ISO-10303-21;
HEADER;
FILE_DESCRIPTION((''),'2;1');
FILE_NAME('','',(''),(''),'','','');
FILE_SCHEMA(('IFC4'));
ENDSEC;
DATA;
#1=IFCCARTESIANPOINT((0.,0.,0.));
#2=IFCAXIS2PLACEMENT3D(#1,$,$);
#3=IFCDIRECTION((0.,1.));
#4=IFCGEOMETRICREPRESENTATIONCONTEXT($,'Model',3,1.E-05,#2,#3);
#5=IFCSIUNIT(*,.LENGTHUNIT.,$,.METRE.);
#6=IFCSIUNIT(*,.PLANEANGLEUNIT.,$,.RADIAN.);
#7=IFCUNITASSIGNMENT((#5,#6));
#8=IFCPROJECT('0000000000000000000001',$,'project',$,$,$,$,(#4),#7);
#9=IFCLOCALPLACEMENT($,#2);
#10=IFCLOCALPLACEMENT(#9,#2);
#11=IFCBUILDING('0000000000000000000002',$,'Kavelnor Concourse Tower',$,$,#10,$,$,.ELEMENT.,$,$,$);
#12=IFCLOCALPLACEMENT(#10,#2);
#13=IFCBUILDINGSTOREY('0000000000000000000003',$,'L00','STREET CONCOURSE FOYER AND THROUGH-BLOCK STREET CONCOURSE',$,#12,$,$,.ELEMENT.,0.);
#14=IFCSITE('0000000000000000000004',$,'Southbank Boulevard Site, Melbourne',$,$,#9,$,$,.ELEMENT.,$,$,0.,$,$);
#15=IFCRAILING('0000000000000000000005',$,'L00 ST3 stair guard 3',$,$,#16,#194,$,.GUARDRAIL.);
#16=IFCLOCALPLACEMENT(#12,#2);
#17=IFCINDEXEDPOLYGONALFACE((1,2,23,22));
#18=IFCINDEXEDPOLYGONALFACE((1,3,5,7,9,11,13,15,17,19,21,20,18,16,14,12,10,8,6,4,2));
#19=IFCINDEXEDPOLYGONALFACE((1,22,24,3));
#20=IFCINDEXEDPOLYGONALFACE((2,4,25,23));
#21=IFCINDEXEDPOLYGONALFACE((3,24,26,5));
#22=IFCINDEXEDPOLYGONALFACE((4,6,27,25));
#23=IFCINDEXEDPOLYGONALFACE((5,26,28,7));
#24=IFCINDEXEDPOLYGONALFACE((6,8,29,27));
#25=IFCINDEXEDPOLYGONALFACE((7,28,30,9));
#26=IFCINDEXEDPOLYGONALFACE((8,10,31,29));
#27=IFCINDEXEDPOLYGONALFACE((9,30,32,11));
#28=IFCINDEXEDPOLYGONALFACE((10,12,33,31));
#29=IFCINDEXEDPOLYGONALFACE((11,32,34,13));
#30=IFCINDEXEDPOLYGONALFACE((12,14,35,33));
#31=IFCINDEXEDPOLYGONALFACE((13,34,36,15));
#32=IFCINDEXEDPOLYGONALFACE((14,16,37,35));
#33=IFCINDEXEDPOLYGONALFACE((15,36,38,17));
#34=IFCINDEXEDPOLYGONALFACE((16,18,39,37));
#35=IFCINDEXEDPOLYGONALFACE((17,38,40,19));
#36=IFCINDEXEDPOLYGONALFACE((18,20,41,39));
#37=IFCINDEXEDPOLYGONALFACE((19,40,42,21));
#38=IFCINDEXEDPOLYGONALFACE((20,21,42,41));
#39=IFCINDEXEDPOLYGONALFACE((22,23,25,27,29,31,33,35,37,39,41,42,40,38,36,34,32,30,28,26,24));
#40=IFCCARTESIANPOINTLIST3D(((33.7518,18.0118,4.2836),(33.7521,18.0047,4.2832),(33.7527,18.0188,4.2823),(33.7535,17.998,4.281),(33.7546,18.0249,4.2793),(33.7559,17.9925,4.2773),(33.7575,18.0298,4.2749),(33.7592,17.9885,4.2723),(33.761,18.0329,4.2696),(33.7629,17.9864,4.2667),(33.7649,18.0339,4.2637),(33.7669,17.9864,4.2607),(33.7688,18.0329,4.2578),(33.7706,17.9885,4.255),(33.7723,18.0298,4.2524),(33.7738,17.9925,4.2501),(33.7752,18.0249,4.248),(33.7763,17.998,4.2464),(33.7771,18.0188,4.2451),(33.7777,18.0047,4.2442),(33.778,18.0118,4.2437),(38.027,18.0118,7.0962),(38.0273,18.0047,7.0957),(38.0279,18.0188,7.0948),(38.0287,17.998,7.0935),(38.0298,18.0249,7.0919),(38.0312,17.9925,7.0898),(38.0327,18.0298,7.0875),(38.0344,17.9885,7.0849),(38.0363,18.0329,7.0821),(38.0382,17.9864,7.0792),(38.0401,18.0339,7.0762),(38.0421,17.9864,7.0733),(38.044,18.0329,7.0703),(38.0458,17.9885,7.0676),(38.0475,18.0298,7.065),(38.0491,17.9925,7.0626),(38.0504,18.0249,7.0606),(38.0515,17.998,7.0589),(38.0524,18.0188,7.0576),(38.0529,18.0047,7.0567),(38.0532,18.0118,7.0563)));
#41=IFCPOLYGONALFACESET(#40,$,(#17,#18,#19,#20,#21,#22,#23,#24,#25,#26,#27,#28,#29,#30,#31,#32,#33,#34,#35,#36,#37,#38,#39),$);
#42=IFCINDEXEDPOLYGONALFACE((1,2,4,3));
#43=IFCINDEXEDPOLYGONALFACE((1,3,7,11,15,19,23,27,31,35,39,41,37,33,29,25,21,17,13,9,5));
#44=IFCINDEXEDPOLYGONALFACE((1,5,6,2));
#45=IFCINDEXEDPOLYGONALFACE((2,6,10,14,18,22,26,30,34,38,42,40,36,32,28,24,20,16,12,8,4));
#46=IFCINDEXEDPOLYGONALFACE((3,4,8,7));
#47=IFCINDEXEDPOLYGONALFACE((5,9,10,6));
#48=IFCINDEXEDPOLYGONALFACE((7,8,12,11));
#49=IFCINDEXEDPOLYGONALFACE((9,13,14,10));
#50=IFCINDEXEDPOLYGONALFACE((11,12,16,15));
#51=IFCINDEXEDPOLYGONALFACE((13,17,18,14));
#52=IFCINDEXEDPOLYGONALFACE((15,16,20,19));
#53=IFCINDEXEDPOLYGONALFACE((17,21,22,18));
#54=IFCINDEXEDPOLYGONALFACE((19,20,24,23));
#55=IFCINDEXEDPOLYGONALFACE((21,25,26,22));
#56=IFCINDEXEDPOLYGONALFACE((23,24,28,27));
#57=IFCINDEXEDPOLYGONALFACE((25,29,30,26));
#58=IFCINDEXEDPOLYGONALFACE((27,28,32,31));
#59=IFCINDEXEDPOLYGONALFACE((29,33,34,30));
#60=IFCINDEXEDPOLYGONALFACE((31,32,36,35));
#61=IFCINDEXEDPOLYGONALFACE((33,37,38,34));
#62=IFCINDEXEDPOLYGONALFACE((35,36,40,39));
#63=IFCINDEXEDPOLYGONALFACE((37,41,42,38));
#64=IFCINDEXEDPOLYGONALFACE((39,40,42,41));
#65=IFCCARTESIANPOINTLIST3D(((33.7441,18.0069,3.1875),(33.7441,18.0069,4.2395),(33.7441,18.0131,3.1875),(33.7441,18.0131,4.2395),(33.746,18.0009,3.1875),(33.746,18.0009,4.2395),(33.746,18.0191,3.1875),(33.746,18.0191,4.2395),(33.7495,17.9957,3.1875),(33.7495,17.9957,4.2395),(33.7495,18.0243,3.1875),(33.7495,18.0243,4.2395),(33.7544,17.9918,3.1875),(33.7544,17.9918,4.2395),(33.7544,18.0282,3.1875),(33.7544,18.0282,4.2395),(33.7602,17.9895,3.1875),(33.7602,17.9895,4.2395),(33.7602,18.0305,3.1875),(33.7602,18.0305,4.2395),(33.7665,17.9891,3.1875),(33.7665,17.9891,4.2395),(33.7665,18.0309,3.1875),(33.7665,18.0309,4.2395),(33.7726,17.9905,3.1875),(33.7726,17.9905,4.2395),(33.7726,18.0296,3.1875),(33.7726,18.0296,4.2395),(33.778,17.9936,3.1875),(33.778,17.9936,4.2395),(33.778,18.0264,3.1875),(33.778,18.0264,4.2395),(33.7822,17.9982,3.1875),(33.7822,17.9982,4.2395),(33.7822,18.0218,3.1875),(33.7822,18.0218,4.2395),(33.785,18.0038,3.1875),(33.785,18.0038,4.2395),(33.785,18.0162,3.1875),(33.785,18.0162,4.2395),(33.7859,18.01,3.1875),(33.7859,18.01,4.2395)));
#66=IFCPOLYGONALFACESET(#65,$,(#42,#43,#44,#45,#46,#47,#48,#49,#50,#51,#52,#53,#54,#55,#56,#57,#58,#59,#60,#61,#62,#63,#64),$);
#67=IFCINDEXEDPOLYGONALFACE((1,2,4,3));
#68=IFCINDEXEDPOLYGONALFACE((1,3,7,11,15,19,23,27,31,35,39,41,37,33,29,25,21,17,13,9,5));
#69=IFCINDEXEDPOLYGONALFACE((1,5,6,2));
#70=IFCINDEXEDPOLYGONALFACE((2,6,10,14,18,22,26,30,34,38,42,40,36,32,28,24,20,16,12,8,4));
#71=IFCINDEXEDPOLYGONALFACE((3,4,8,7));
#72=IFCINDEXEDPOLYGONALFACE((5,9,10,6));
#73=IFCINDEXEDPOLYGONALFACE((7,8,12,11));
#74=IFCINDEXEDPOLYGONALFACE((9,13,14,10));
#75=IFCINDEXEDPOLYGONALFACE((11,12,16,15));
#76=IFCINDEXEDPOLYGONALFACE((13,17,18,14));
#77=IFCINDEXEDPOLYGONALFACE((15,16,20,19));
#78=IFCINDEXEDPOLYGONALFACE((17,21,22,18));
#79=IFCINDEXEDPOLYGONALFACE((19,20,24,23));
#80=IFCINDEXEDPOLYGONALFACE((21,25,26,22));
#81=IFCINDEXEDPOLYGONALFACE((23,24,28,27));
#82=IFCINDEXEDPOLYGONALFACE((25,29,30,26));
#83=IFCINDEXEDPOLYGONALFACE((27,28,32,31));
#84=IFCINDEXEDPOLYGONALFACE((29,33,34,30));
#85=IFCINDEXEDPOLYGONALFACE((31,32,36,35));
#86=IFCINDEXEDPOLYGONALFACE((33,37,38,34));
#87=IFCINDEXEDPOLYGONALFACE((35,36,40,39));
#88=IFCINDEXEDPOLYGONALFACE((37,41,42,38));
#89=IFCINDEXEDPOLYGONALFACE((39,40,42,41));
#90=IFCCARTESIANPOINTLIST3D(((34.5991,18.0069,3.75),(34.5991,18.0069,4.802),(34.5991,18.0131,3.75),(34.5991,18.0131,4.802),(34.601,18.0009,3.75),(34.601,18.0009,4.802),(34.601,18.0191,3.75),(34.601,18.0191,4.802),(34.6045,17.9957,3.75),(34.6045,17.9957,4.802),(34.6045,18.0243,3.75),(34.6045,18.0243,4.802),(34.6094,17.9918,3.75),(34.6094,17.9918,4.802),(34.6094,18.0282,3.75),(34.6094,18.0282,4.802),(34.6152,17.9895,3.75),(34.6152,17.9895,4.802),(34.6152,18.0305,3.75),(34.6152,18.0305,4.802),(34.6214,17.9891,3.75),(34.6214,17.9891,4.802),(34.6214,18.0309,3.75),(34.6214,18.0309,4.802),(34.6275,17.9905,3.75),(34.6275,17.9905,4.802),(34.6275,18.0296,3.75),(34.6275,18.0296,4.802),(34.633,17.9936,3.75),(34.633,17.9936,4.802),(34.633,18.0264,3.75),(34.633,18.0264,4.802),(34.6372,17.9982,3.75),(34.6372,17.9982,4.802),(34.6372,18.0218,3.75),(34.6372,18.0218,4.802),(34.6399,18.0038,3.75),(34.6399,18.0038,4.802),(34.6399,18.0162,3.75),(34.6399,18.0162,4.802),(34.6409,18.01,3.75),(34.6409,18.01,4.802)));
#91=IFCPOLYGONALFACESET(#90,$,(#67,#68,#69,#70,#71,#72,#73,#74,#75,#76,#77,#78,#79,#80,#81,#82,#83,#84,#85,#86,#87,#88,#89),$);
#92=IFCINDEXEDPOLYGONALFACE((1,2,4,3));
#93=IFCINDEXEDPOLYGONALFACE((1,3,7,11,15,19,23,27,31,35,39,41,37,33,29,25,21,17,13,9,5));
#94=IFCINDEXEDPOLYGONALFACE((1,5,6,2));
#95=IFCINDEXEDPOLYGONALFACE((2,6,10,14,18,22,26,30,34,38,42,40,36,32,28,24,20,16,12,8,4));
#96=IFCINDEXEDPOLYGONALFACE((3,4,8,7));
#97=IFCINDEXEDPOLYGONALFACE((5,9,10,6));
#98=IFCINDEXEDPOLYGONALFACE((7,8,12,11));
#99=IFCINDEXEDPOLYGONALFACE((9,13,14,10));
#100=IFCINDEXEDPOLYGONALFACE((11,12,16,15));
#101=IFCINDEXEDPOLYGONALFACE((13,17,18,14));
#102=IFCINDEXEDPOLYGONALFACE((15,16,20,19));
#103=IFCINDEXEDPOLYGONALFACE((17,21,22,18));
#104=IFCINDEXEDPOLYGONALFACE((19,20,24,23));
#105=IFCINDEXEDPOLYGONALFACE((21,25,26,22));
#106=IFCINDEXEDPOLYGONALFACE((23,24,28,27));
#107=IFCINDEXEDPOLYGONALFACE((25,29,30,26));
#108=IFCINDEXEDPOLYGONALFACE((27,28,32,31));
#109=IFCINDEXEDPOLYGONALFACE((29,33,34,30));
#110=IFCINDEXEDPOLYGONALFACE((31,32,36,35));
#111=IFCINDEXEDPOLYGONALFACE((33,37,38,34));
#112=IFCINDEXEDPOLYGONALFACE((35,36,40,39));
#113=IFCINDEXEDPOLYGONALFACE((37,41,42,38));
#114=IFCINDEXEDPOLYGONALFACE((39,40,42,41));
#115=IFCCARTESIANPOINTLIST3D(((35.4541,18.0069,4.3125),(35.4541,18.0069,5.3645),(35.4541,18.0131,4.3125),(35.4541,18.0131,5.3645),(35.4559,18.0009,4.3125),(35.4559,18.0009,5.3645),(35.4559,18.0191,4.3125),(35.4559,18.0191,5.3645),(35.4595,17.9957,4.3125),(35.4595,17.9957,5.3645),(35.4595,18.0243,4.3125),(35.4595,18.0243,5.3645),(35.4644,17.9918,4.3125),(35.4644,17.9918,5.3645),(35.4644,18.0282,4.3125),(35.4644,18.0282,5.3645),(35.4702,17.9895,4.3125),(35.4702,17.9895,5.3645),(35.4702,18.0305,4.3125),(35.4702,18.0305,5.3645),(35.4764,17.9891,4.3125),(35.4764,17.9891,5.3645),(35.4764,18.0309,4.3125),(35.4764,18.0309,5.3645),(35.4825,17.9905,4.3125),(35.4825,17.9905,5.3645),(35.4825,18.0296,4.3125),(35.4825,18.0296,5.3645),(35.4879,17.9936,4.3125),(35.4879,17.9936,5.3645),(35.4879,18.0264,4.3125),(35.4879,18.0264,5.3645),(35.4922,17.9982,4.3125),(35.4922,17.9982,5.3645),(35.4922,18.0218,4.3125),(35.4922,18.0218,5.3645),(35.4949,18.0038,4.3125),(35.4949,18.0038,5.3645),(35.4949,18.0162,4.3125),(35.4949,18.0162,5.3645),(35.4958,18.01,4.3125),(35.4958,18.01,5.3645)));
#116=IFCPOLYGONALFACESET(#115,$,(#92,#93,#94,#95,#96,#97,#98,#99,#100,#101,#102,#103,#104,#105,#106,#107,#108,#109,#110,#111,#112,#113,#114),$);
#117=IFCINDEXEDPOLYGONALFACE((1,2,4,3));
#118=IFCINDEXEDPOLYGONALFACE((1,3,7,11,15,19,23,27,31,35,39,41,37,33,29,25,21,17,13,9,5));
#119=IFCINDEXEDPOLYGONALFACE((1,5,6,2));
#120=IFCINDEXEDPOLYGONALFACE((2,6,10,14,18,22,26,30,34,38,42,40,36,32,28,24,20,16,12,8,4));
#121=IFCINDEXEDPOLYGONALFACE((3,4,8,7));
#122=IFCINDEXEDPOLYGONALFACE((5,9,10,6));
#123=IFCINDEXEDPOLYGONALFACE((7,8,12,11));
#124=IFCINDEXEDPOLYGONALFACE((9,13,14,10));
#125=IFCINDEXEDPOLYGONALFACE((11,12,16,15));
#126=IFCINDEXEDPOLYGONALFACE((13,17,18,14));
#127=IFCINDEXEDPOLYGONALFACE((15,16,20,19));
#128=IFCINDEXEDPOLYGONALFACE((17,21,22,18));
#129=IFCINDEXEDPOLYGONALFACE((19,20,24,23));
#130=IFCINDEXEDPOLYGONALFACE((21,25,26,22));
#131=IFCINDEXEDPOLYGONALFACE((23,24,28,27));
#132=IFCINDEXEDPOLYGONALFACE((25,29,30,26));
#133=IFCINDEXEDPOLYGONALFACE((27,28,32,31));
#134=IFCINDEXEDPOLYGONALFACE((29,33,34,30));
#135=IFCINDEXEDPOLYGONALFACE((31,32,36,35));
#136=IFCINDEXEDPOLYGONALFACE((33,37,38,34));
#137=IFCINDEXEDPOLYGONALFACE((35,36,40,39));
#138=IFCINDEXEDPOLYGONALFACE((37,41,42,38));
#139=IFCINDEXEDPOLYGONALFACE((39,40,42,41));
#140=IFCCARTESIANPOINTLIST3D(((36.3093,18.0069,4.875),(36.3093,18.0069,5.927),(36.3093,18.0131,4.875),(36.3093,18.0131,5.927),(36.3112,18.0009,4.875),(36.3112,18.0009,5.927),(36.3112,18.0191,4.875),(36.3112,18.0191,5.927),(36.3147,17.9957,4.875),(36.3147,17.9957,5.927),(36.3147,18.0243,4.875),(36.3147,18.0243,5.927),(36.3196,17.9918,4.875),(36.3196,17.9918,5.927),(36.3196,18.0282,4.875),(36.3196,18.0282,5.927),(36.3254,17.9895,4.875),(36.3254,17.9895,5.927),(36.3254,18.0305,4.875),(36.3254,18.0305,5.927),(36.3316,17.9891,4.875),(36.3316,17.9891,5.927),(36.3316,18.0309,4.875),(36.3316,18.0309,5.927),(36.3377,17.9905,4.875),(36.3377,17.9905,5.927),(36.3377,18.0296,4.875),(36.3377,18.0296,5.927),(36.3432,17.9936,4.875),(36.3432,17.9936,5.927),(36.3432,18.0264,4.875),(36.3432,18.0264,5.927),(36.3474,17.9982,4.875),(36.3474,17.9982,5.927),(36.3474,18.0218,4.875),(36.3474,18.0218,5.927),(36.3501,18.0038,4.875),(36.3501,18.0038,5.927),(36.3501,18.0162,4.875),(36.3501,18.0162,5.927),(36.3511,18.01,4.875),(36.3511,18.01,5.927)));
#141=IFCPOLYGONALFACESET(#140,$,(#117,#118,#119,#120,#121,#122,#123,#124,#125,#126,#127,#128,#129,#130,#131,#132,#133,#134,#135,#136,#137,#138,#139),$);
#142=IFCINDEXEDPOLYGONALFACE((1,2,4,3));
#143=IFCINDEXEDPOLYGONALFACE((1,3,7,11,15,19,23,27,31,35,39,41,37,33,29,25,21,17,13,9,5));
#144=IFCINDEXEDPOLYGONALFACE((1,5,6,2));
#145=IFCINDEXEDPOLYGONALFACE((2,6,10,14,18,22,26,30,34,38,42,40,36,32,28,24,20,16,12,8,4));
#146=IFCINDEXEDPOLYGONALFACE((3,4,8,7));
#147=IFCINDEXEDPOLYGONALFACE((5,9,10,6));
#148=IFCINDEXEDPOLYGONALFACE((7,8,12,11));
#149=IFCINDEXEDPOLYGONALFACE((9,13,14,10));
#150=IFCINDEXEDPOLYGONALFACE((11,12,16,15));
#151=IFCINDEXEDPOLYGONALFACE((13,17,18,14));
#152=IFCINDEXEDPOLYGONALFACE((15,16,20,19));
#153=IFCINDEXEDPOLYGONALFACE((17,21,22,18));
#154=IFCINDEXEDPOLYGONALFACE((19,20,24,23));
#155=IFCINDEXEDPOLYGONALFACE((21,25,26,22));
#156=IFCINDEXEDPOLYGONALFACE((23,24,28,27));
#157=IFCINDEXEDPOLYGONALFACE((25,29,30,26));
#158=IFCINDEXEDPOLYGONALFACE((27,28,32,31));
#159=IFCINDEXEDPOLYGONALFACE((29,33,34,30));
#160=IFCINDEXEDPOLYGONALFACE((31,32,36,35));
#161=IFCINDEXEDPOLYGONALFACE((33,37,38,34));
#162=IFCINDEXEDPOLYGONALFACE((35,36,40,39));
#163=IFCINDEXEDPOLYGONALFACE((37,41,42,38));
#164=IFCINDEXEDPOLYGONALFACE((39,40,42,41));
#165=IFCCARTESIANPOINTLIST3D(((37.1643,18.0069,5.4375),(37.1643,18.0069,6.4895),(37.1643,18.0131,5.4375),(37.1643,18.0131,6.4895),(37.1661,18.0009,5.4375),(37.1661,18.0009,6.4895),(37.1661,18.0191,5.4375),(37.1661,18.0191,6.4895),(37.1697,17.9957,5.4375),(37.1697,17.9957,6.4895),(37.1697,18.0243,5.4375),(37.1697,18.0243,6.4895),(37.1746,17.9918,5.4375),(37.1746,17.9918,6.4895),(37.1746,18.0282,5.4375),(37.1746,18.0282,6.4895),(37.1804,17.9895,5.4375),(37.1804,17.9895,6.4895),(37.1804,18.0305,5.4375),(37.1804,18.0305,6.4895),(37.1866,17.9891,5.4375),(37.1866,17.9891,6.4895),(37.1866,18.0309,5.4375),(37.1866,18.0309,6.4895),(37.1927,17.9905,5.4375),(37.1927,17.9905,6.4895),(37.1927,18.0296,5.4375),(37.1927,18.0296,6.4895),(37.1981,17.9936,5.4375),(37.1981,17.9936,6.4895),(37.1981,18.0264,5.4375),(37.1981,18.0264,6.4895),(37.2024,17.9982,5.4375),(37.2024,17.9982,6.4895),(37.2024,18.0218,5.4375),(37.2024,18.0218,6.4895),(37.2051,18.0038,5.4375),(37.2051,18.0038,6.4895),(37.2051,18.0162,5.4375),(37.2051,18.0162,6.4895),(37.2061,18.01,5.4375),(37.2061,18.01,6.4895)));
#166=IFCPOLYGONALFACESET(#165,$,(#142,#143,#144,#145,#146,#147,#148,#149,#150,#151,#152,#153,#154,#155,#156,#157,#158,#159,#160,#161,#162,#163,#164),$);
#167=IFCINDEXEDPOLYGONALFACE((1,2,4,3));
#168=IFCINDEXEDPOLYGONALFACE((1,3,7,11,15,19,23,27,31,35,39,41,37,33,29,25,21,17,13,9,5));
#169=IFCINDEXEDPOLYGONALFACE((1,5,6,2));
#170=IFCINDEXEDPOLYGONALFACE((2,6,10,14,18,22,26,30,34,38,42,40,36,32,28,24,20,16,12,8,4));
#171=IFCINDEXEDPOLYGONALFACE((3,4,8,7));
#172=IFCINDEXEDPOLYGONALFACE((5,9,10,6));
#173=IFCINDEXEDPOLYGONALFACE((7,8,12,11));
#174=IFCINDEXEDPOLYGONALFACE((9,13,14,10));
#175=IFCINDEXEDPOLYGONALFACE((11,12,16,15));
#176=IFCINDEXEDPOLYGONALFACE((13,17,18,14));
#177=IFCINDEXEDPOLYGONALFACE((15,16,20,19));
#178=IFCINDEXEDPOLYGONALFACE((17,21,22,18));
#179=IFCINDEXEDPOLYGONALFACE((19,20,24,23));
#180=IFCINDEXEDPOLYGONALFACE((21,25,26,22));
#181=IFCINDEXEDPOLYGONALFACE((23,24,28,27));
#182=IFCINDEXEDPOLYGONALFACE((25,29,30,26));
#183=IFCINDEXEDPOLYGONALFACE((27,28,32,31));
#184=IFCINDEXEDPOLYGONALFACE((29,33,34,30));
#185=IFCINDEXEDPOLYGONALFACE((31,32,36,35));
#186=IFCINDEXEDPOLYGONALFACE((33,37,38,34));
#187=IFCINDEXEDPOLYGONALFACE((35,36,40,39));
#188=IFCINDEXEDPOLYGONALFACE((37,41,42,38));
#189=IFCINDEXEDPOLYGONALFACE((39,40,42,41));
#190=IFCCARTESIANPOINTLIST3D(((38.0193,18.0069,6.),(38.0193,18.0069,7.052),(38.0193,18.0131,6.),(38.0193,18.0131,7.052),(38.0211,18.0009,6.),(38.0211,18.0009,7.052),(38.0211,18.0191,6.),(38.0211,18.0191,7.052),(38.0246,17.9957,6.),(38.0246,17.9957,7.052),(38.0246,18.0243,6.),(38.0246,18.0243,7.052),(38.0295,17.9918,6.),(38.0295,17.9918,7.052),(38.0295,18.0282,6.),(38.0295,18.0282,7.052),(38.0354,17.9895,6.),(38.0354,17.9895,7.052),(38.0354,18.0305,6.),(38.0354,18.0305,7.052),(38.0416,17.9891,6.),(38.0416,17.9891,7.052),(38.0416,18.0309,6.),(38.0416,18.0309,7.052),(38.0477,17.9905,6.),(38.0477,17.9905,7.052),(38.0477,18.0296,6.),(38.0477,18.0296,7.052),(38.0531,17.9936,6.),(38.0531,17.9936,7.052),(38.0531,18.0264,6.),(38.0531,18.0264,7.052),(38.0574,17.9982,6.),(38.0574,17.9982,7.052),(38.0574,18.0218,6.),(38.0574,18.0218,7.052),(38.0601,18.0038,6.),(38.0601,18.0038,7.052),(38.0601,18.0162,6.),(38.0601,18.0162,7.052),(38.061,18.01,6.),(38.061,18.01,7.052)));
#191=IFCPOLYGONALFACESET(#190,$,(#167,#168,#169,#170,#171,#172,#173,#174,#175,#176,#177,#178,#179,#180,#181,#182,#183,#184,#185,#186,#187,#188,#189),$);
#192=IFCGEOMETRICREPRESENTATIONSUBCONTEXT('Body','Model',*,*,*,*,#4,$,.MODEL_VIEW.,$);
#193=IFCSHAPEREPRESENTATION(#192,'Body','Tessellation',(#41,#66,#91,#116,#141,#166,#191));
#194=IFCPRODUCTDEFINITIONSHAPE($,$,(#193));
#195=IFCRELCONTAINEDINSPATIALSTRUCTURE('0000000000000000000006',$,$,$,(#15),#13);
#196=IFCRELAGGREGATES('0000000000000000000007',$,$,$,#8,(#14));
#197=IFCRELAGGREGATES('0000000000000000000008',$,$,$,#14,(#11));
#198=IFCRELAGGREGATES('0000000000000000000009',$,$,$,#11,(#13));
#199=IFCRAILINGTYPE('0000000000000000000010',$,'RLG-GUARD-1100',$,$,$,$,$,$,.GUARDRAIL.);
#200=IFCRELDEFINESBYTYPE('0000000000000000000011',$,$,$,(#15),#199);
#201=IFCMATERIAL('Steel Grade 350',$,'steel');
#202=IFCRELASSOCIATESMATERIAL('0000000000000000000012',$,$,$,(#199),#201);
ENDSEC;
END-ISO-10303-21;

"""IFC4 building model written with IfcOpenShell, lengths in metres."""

from ifc_helpers import new_model, si_unit, direction, frame, origin, origin_2d, place, context, subcontext, project, spatial, circle, extrude, material, type_object, element, save


model = new_model("IFC4")

# Units and contexts
model_context = context("Model", 3, precision=1e-05, world=origin(), true_north=direction((0.0, 1.0)))
body_context = subcontext(model_context, "Body", "Model", "MODEL_VIEW")
ifc_project = project(units=[si_unit("LENGTHUNIT", "METRE"), si_unit("PLANEANGLEUNIT", "RADIAN")], contexts=[model_context])

# Site, building, storey
site_placement = place(None, origin())
site = spatial("IfcSite", under=ifc_project, at=site_placement, Name="Southbank Boulevard Site, Melbourne", CompositionType="ELEMENT", RefElevation=0.0)
building_placement = place(site_placement, origin())
building = spatial("IfcBuilding", under=site, at=building_placement, Name="Kavelnor Concourse Tower", CompositionType="ELEMENT")
storey_placement = place(building_placement, origin())
storey = spatial("IfcBuildingStorey", under=building, at=storey_placement, Name="L00", Description="STREET CONCOURSE FOYER AND THROUGH-BLOCK STREET CONCOURSE", CompositionType="ELEMENT", Elevation=0.0)

# Shared definitions
ifc_material_1 = material(Name="Steel Grade 350", Category="steel")

# Railing
railing_type = type_object("IfcRailingType", Name="RLG-GUARD-1100", PredefinedType="GUARDRAIL", material=ifc_material_1)
railing_1_placement = place(storey_placement, frame((33.7649, 18.01, 3.1875)))
element("IfcRailing", 1, at=railing_1_placement, inside=storey, type_object=railing_type, Name="L00 ST3 stair guard 3", PredefinedType="GUARDRAIL", context=body_context, shape_type="SweptSolid", body=[
    extrude(circle(Radius=0.0239, at=origin_2d()), frame((0.0, 0.0, 1.0762), z_axis=(0.835426, 0.0, 0.549603), x_axis=(0.0, 1.0, 0.0)), (0.0, 0.0, 1.0), 5.1174),
    extrude(circle(Radius=0.021, at=origin_2d()), origin(), (0.0, 0.0, 1.0), 1.052),
    extrude(circle(Radius=0.021, at=origin_2d()), frame((0.855, 0.0, 0.5625)), (0.0, 0.0, 1.0), 1.052),
    extrude(circle(Radius=0.021, at=origin_2d()), frame((1.71, 0.0, 1.125)), (0.0, 0.0, 1.0), 1.052),
    extrude(circle(Radius=0.021, at=origin_2d()), frame((2.5652, 0.0, 1.6875)), (0.0, 0.0, 1.0), 1.052),
    extrude(circle(Radius=0.021, at=origin_2d()), frame((3.4202, 0.0, 2.25)), (0.0, 0.0, 1.0), 1.052),
    extrude(circle(Radius=0.021, at=origin_2d()), frame((4.2751, 0.0, 2.8125)), (0.0, 0.0, 1.0), 1.052),
])

save(model, "model.ifc")
